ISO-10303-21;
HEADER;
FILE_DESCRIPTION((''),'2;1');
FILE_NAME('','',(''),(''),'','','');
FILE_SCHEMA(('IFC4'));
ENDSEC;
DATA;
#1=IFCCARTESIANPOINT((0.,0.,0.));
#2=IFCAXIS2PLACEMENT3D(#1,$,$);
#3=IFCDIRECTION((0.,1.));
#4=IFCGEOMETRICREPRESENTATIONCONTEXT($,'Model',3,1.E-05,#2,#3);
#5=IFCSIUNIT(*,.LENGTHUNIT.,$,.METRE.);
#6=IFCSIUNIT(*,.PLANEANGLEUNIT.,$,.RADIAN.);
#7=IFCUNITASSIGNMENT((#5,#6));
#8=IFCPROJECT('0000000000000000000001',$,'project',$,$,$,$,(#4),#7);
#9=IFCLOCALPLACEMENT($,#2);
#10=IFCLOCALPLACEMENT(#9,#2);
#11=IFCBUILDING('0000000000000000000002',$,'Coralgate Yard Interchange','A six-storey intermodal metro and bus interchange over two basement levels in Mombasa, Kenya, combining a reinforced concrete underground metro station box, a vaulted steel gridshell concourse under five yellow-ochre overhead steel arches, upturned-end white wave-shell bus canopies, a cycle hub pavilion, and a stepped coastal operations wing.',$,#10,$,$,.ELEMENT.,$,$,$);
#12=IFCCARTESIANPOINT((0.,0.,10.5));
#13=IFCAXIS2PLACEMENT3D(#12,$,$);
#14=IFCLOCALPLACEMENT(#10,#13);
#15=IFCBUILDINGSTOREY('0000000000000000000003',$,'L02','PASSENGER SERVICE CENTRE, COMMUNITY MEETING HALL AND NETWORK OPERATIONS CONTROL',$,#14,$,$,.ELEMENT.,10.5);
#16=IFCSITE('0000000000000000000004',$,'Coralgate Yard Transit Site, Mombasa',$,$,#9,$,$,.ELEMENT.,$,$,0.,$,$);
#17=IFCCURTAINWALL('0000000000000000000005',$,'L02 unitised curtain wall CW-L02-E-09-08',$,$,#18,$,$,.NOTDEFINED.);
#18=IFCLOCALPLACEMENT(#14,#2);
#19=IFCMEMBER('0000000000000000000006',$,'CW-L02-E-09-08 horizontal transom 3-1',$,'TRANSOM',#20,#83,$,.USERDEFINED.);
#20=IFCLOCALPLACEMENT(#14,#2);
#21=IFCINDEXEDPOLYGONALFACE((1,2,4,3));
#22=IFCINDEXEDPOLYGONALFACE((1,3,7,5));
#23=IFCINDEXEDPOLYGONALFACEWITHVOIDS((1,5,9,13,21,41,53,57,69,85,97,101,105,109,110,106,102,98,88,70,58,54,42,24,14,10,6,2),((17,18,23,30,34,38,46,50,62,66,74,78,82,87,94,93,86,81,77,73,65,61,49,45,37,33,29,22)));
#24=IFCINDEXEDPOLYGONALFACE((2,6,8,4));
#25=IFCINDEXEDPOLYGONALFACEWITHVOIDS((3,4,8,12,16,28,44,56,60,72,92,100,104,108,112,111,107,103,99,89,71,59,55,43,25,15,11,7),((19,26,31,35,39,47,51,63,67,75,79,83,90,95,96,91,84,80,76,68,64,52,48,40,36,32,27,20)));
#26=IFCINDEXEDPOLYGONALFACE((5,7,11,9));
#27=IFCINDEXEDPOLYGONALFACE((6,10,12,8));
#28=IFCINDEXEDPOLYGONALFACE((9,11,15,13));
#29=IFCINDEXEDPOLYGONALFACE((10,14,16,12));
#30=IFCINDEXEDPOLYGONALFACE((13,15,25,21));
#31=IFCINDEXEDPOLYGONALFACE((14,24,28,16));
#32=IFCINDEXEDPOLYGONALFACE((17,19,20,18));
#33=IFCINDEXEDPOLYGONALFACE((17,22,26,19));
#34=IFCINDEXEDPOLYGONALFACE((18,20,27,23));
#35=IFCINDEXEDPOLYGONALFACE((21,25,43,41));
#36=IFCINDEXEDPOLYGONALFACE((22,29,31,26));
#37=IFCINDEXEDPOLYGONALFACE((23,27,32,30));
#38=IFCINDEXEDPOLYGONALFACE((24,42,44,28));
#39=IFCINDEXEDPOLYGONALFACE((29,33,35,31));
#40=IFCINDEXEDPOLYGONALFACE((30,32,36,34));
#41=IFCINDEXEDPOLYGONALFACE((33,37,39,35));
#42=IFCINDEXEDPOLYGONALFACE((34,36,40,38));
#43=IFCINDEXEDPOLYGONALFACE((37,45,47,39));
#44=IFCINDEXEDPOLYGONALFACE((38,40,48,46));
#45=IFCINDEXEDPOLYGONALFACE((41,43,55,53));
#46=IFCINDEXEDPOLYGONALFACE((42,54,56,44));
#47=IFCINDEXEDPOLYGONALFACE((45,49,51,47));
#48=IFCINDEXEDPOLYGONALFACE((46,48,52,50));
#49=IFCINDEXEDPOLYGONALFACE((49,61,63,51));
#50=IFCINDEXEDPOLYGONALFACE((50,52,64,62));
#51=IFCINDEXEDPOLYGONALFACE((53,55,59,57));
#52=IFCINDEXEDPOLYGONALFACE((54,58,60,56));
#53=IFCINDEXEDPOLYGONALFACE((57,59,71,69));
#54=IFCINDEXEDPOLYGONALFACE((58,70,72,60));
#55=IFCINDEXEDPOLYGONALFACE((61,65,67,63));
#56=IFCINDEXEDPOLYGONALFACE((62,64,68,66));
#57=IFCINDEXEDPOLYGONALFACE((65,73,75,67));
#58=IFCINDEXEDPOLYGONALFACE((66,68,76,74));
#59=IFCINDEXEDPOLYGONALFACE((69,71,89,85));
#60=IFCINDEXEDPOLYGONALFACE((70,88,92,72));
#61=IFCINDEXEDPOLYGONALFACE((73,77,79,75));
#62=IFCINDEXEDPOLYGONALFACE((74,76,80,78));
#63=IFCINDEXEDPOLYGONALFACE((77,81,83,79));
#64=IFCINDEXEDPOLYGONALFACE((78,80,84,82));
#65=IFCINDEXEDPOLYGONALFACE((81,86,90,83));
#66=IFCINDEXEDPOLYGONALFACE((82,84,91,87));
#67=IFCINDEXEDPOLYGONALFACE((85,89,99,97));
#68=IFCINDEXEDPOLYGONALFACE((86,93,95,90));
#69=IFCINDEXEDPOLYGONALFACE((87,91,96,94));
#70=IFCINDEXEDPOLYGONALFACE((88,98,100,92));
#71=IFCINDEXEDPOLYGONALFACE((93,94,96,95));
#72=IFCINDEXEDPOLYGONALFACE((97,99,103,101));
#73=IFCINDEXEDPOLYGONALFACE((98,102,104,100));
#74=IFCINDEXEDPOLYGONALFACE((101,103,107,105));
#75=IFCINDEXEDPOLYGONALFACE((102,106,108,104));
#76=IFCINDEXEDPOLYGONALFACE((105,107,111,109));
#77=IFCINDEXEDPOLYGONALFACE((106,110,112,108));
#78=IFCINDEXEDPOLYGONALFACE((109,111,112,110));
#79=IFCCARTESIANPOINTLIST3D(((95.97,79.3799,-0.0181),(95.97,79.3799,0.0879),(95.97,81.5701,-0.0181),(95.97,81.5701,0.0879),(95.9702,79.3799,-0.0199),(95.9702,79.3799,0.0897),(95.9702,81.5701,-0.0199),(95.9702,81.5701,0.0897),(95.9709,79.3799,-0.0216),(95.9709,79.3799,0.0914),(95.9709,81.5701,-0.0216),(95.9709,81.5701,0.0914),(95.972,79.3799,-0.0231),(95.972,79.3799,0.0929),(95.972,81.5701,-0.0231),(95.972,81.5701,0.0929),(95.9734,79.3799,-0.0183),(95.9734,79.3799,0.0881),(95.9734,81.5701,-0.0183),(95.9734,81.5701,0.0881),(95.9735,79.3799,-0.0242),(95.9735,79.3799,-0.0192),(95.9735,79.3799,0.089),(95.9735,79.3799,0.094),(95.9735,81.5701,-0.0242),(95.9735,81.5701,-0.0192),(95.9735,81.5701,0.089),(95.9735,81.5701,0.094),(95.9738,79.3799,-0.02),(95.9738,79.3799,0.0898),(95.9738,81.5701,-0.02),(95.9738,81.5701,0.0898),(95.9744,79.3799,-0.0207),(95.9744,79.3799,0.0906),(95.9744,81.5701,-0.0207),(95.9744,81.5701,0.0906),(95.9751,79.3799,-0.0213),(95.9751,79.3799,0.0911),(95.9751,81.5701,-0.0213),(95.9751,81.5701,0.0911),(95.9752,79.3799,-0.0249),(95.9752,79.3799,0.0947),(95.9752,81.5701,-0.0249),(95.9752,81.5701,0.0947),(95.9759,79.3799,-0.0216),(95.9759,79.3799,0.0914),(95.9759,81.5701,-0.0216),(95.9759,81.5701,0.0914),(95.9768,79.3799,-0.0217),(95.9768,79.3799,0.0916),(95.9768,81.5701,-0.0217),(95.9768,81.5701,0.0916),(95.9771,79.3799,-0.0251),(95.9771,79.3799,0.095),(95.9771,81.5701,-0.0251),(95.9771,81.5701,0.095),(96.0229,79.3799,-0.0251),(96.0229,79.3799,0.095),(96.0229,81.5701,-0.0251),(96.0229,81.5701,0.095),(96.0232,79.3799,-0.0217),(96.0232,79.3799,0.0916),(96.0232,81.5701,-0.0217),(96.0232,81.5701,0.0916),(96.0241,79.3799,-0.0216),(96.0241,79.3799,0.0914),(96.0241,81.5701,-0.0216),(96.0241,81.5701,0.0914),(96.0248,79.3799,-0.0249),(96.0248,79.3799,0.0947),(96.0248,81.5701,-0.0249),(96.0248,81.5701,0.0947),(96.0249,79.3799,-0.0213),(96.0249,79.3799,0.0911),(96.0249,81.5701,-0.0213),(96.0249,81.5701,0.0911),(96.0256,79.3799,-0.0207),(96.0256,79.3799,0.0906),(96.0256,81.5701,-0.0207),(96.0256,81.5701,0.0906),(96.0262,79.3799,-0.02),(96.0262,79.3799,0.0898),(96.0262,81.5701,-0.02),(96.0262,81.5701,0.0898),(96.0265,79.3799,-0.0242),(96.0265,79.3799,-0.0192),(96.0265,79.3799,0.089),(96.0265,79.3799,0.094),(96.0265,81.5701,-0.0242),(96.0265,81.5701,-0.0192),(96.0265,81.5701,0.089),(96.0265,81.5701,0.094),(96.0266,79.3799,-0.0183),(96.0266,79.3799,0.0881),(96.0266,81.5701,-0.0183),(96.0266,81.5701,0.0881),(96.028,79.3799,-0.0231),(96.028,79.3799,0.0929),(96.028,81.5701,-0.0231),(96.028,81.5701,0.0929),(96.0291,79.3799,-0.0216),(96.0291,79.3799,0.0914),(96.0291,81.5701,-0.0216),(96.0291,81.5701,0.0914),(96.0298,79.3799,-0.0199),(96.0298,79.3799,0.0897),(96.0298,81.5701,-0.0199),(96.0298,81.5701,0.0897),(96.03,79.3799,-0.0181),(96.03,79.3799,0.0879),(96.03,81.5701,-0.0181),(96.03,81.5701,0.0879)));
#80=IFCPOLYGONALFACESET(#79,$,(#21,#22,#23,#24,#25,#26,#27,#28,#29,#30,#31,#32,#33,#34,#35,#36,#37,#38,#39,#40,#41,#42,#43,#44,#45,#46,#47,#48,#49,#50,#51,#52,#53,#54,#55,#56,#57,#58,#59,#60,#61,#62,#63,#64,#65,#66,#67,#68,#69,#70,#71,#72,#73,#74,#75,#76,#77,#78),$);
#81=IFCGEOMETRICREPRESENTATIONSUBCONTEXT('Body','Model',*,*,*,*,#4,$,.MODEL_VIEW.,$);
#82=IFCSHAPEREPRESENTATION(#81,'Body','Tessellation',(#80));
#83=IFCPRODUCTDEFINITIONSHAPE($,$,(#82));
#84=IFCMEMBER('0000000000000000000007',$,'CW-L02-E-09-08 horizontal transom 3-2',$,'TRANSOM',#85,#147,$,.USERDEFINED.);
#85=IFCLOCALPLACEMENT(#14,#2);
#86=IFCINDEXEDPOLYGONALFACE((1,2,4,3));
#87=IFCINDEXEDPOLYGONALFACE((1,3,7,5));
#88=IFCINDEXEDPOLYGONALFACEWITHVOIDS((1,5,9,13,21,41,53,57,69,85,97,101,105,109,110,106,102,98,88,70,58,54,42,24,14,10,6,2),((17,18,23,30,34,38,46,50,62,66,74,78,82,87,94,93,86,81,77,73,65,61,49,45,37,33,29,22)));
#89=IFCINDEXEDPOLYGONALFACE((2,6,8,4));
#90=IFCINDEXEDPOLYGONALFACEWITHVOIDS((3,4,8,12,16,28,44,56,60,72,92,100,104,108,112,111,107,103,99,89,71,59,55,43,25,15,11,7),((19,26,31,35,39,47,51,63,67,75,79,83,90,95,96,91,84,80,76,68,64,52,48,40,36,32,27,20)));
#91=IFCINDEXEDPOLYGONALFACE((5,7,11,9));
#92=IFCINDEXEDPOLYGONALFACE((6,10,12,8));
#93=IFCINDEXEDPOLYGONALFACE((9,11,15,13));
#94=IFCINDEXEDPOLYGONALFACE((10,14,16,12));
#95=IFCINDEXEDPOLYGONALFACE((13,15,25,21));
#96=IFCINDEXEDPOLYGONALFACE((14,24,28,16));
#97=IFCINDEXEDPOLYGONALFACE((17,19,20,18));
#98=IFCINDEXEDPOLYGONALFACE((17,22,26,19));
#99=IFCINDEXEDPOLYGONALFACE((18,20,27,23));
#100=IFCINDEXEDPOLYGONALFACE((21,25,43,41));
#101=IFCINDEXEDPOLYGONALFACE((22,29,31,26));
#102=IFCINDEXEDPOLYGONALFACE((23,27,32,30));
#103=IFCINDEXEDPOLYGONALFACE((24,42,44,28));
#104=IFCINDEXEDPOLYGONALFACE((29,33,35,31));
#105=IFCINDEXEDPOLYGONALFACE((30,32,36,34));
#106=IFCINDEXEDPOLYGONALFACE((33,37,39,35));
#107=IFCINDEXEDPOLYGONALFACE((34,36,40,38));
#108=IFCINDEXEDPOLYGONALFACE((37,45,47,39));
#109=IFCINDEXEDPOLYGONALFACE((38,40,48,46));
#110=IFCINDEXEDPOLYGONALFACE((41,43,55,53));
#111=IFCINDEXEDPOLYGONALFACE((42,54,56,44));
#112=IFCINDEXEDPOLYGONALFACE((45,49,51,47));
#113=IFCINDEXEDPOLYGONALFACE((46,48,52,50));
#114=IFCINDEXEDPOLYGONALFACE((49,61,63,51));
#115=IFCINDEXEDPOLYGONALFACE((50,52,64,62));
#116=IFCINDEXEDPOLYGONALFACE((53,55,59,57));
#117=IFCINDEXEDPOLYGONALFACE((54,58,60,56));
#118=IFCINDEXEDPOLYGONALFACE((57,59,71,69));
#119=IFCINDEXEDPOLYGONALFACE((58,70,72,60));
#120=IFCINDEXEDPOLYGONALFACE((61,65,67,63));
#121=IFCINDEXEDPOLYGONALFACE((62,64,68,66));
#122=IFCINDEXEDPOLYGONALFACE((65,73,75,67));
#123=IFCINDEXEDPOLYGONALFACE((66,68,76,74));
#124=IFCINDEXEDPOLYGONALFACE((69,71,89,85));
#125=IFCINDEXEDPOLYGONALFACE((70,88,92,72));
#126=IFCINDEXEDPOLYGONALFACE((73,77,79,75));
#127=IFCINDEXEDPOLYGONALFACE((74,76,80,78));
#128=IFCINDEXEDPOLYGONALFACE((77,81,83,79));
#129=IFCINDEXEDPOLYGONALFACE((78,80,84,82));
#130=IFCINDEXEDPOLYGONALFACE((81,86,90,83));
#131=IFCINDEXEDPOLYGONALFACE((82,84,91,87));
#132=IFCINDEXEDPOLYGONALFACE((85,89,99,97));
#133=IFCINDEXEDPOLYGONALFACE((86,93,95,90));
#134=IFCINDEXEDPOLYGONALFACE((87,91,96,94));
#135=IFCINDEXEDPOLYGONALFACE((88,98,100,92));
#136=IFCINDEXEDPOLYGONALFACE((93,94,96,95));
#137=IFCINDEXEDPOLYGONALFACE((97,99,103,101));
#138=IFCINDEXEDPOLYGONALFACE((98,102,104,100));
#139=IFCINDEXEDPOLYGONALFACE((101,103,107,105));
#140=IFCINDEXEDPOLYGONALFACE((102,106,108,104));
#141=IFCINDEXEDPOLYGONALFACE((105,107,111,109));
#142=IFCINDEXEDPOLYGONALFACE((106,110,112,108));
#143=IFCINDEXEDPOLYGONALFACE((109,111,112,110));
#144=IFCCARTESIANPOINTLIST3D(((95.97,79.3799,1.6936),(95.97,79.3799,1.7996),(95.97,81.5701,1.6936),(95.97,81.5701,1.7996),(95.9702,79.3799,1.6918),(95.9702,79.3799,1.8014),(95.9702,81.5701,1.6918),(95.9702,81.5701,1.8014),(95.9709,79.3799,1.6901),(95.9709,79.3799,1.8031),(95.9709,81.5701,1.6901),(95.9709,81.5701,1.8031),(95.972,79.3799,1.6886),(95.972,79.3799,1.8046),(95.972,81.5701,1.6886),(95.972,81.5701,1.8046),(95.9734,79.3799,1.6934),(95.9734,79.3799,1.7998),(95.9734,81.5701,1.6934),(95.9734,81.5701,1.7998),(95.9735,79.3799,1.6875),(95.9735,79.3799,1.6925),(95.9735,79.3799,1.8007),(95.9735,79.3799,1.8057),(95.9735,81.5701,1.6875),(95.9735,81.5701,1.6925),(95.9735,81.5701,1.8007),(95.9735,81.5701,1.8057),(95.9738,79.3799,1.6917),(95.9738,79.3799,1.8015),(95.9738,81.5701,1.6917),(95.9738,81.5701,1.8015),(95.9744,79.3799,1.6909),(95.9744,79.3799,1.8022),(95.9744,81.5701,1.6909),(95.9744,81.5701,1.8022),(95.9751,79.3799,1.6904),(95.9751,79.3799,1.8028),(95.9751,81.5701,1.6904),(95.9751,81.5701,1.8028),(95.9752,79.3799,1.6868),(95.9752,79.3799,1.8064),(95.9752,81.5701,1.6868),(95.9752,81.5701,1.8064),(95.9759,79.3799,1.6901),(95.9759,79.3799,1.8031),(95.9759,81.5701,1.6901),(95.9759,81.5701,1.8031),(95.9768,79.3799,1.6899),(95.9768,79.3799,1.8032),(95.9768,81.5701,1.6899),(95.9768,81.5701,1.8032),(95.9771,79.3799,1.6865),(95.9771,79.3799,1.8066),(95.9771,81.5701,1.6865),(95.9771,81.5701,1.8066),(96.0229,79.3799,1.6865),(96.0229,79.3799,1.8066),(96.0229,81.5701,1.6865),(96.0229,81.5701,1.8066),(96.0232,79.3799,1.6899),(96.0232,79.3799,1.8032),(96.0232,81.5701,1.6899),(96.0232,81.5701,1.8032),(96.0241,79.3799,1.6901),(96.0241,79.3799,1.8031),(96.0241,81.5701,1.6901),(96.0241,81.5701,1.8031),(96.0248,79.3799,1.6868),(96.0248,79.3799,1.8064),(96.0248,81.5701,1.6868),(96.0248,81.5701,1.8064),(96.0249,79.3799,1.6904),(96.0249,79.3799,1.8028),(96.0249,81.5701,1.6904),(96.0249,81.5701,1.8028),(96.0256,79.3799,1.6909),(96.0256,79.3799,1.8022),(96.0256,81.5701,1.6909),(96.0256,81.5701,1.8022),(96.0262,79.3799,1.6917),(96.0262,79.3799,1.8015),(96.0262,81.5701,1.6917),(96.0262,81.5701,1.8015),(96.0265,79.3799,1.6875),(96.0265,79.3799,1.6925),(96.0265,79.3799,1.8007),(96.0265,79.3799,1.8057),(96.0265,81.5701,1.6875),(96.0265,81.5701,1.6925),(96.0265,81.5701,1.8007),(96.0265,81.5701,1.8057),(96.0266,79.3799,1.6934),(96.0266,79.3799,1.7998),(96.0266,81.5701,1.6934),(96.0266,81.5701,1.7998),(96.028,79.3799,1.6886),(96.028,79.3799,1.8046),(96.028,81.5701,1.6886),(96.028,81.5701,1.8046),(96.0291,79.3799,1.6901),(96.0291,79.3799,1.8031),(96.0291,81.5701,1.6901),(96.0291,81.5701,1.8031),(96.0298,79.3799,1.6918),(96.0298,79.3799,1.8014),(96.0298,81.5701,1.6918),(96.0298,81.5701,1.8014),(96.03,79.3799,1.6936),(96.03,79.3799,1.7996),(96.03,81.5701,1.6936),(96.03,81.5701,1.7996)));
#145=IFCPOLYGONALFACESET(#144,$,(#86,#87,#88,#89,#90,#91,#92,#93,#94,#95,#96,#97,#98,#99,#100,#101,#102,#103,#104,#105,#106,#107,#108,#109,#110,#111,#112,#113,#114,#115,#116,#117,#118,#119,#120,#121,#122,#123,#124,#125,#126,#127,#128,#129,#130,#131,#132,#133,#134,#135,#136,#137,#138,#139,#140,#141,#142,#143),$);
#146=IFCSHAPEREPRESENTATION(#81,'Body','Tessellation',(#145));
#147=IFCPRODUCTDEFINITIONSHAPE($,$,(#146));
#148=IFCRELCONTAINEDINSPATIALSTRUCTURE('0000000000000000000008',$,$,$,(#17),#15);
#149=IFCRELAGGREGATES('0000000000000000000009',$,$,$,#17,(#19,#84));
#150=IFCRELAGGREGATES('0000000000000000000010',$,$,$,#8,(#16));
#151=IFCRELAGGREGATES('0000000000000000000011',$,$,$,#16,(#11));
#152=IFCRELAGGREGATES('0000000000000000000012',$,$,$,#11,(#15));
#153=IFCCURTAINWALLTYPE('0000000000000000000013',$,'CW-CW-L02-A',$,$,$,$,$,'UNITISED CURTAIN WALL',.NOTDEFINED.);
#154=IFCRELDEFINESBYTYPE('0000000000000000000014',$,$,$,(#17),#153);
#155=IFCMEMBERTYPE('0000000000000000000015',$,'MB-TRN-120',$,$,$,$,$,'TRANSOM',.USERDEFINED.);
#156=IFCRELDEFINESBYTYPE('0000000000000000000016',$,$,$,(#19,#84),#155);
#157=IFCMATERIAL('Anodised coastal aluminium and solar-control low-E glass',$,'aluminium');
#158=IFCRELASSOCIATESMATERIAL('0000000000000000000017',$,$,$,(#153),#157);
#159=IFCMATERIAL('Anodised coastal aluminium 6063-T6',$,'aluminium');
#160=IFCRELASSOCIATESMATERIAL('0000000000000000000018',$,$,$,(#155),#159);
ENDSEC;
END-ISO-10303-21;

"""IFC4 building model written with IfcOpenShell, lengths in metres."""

from ifc_helpers import new_model, si_unit, direction, frame, origin, origin_2d, place, context, subcontext, project, spatial, hollow_rectangle, extrude, material, material_profile, profile_set, type_object, element, aggregate, save


model = new_model("IFC4")

# Units and contexts
model_context = context("Model", 3, precision=1e-05, world=origin(), true_north=direction((0.0, 1.0)))
body_context = subcontext(model_context, "Body", "Model", "MODEL_VIEW")
ifc_project = project(units=[si_unit("LENGTHUNIT", "METRE"), si_unit("PLANEANGLEUNIT", "RADIAN")], contexts=[model_context])

# Site, building, storey
site_placement = place(None, origin())
site = spatial("IfcSite", under=ifc_project, at=site_placement, Name="Coralgate Yard Transit Site, Mombasa", CompositionType="ELEMENT", RefElevation=0.0)
building_placement = place(site_placement, origin())
building = spatial("IfcBuilding", under=site, at=building_placement, Name="Coralgate Yard Interchange", Description="A six-storey intermodal metro and bus interchange over two basement levels in Mombasa, Kenya, combining a reinforced concrete underground metro station box, a vaulted steel gridshell concourse under five yellow-ochre overhead steel arches, upturned-end white wave-shell bus canopies, a cycle hub pavilion, and a stepped coastal operations wing.", CompositionType="ELEMENT")
storey_placement = place(building_placement, frame((0.0, 0.0, 10.5)))
storey = spatial("IfcBuildingStorey", under=building, at=storey_placement, Name="L02", Description="PASSENGER SERVICE CENTRE, COMMUNITY MEETING HALL AND NETWORK OPERATIONS CONTROL", CompositionType="ELEMENT", Elevation=10.5)

# Shared definitions
ifc_material_1 = material(Name="Anodised coastal aluminium and solar-control low-E glass", Category="aluminium")
curtain_wall_type = type_object("IfcCurtainWallType", Name="CW-CW-L02-A", ElementType="UNITISED CURTAIN WALL", PredefinedType="NOTDEFINED", material=ifc_material_1)
ifc_material_2 = material(Name="Anodised coastal aluminium 6063-T6", Category="aluminium")

# Curtain wall
curtain_wall_1_placement = place(storey_placement, origin())
curtain_wall_1 = element("IfcCurtainWall", 1, at=curtain_wall_1_placement, inside=storey, type_object=curtain_wall_type, Name="L02 unitised curtain wall CW-L02-E-09-08", PredefinedType="NOTDEFINED")

# Members
ifc_material_profile_1 = material_profile(ifc_material_2, hollow_rectangle(XDim=0.0601, YDim=0.1201, WallThickness=0.0034, InnerFilletRadius=0.0034, OuterFilletRadius=0.0071, at=origin_2d()), Name="ALU 60x120x3.5")
ifc_profile_set_1 = profile_set([ifc_material_profile_1], Name="Anodised coastal aluminium 6063-T6")
member_type_1 = type_object("IfcMemberType", Name="MB-TRN-120", ElementType="TRANSOM", PredefinedType="USERDEFINED", material=ifc_profile_set_1)
member_1_placement = place(storey_placement, frame((96.0, 81.5701, 0.0349), z_axis=(0.0, -1.0, 0.0), x_axis=(1.0, 0.0, 0.0)))
member_1 = element("IfcMember", 2, at=member_1_placement, type_object=member_type_1, Name="CW-L02-E-09-08 horizontal transom 3-1", ObjectType="TRANSOM", PredefinedType="USERDEFINED", context=body_context, shape_type="SweptSolid", body=[
    extrude(hollow_rectangle(XDim=0.0601, YDim=0.1201, WallThickness=0.0034, InnerFilletRadius=0.0034, OuterFilletRadius=0.0071, at=origin_2d()), origin(), (0.0, 0.0, 1.0), 2.1902),
])
member_2_placement = place(storey_placement, frame((96.0, 81.5701, 1.7466), z_axis=(0.0, -1.0, 0.0), x_axis=(1.0, 0.0, 0.0)))
member_2 = element("IfcMember", 3, at=member_2_placement, type_object=member_type_1, Name="CW-L02-E-09-08 horizontal transom 3-2", ObjectType="TRANSOM", PredefinedType="USERDEFINED", context=body_context, shape_type="SweptSolid", body=[
    extrude(hollow_rectangle(XDim=0.0601, YDim=0.1201, WallThickness=0.0034, InnerFilletRadius=0.0034, OuterFilletRadius=0.0071, at=origin_2d()), origin(), (0.0, 0.0, 1.0), 2.1902),
])

aggregate(curtain_wall_1, [member_1, member_2])

save(model, "model.ifc")
